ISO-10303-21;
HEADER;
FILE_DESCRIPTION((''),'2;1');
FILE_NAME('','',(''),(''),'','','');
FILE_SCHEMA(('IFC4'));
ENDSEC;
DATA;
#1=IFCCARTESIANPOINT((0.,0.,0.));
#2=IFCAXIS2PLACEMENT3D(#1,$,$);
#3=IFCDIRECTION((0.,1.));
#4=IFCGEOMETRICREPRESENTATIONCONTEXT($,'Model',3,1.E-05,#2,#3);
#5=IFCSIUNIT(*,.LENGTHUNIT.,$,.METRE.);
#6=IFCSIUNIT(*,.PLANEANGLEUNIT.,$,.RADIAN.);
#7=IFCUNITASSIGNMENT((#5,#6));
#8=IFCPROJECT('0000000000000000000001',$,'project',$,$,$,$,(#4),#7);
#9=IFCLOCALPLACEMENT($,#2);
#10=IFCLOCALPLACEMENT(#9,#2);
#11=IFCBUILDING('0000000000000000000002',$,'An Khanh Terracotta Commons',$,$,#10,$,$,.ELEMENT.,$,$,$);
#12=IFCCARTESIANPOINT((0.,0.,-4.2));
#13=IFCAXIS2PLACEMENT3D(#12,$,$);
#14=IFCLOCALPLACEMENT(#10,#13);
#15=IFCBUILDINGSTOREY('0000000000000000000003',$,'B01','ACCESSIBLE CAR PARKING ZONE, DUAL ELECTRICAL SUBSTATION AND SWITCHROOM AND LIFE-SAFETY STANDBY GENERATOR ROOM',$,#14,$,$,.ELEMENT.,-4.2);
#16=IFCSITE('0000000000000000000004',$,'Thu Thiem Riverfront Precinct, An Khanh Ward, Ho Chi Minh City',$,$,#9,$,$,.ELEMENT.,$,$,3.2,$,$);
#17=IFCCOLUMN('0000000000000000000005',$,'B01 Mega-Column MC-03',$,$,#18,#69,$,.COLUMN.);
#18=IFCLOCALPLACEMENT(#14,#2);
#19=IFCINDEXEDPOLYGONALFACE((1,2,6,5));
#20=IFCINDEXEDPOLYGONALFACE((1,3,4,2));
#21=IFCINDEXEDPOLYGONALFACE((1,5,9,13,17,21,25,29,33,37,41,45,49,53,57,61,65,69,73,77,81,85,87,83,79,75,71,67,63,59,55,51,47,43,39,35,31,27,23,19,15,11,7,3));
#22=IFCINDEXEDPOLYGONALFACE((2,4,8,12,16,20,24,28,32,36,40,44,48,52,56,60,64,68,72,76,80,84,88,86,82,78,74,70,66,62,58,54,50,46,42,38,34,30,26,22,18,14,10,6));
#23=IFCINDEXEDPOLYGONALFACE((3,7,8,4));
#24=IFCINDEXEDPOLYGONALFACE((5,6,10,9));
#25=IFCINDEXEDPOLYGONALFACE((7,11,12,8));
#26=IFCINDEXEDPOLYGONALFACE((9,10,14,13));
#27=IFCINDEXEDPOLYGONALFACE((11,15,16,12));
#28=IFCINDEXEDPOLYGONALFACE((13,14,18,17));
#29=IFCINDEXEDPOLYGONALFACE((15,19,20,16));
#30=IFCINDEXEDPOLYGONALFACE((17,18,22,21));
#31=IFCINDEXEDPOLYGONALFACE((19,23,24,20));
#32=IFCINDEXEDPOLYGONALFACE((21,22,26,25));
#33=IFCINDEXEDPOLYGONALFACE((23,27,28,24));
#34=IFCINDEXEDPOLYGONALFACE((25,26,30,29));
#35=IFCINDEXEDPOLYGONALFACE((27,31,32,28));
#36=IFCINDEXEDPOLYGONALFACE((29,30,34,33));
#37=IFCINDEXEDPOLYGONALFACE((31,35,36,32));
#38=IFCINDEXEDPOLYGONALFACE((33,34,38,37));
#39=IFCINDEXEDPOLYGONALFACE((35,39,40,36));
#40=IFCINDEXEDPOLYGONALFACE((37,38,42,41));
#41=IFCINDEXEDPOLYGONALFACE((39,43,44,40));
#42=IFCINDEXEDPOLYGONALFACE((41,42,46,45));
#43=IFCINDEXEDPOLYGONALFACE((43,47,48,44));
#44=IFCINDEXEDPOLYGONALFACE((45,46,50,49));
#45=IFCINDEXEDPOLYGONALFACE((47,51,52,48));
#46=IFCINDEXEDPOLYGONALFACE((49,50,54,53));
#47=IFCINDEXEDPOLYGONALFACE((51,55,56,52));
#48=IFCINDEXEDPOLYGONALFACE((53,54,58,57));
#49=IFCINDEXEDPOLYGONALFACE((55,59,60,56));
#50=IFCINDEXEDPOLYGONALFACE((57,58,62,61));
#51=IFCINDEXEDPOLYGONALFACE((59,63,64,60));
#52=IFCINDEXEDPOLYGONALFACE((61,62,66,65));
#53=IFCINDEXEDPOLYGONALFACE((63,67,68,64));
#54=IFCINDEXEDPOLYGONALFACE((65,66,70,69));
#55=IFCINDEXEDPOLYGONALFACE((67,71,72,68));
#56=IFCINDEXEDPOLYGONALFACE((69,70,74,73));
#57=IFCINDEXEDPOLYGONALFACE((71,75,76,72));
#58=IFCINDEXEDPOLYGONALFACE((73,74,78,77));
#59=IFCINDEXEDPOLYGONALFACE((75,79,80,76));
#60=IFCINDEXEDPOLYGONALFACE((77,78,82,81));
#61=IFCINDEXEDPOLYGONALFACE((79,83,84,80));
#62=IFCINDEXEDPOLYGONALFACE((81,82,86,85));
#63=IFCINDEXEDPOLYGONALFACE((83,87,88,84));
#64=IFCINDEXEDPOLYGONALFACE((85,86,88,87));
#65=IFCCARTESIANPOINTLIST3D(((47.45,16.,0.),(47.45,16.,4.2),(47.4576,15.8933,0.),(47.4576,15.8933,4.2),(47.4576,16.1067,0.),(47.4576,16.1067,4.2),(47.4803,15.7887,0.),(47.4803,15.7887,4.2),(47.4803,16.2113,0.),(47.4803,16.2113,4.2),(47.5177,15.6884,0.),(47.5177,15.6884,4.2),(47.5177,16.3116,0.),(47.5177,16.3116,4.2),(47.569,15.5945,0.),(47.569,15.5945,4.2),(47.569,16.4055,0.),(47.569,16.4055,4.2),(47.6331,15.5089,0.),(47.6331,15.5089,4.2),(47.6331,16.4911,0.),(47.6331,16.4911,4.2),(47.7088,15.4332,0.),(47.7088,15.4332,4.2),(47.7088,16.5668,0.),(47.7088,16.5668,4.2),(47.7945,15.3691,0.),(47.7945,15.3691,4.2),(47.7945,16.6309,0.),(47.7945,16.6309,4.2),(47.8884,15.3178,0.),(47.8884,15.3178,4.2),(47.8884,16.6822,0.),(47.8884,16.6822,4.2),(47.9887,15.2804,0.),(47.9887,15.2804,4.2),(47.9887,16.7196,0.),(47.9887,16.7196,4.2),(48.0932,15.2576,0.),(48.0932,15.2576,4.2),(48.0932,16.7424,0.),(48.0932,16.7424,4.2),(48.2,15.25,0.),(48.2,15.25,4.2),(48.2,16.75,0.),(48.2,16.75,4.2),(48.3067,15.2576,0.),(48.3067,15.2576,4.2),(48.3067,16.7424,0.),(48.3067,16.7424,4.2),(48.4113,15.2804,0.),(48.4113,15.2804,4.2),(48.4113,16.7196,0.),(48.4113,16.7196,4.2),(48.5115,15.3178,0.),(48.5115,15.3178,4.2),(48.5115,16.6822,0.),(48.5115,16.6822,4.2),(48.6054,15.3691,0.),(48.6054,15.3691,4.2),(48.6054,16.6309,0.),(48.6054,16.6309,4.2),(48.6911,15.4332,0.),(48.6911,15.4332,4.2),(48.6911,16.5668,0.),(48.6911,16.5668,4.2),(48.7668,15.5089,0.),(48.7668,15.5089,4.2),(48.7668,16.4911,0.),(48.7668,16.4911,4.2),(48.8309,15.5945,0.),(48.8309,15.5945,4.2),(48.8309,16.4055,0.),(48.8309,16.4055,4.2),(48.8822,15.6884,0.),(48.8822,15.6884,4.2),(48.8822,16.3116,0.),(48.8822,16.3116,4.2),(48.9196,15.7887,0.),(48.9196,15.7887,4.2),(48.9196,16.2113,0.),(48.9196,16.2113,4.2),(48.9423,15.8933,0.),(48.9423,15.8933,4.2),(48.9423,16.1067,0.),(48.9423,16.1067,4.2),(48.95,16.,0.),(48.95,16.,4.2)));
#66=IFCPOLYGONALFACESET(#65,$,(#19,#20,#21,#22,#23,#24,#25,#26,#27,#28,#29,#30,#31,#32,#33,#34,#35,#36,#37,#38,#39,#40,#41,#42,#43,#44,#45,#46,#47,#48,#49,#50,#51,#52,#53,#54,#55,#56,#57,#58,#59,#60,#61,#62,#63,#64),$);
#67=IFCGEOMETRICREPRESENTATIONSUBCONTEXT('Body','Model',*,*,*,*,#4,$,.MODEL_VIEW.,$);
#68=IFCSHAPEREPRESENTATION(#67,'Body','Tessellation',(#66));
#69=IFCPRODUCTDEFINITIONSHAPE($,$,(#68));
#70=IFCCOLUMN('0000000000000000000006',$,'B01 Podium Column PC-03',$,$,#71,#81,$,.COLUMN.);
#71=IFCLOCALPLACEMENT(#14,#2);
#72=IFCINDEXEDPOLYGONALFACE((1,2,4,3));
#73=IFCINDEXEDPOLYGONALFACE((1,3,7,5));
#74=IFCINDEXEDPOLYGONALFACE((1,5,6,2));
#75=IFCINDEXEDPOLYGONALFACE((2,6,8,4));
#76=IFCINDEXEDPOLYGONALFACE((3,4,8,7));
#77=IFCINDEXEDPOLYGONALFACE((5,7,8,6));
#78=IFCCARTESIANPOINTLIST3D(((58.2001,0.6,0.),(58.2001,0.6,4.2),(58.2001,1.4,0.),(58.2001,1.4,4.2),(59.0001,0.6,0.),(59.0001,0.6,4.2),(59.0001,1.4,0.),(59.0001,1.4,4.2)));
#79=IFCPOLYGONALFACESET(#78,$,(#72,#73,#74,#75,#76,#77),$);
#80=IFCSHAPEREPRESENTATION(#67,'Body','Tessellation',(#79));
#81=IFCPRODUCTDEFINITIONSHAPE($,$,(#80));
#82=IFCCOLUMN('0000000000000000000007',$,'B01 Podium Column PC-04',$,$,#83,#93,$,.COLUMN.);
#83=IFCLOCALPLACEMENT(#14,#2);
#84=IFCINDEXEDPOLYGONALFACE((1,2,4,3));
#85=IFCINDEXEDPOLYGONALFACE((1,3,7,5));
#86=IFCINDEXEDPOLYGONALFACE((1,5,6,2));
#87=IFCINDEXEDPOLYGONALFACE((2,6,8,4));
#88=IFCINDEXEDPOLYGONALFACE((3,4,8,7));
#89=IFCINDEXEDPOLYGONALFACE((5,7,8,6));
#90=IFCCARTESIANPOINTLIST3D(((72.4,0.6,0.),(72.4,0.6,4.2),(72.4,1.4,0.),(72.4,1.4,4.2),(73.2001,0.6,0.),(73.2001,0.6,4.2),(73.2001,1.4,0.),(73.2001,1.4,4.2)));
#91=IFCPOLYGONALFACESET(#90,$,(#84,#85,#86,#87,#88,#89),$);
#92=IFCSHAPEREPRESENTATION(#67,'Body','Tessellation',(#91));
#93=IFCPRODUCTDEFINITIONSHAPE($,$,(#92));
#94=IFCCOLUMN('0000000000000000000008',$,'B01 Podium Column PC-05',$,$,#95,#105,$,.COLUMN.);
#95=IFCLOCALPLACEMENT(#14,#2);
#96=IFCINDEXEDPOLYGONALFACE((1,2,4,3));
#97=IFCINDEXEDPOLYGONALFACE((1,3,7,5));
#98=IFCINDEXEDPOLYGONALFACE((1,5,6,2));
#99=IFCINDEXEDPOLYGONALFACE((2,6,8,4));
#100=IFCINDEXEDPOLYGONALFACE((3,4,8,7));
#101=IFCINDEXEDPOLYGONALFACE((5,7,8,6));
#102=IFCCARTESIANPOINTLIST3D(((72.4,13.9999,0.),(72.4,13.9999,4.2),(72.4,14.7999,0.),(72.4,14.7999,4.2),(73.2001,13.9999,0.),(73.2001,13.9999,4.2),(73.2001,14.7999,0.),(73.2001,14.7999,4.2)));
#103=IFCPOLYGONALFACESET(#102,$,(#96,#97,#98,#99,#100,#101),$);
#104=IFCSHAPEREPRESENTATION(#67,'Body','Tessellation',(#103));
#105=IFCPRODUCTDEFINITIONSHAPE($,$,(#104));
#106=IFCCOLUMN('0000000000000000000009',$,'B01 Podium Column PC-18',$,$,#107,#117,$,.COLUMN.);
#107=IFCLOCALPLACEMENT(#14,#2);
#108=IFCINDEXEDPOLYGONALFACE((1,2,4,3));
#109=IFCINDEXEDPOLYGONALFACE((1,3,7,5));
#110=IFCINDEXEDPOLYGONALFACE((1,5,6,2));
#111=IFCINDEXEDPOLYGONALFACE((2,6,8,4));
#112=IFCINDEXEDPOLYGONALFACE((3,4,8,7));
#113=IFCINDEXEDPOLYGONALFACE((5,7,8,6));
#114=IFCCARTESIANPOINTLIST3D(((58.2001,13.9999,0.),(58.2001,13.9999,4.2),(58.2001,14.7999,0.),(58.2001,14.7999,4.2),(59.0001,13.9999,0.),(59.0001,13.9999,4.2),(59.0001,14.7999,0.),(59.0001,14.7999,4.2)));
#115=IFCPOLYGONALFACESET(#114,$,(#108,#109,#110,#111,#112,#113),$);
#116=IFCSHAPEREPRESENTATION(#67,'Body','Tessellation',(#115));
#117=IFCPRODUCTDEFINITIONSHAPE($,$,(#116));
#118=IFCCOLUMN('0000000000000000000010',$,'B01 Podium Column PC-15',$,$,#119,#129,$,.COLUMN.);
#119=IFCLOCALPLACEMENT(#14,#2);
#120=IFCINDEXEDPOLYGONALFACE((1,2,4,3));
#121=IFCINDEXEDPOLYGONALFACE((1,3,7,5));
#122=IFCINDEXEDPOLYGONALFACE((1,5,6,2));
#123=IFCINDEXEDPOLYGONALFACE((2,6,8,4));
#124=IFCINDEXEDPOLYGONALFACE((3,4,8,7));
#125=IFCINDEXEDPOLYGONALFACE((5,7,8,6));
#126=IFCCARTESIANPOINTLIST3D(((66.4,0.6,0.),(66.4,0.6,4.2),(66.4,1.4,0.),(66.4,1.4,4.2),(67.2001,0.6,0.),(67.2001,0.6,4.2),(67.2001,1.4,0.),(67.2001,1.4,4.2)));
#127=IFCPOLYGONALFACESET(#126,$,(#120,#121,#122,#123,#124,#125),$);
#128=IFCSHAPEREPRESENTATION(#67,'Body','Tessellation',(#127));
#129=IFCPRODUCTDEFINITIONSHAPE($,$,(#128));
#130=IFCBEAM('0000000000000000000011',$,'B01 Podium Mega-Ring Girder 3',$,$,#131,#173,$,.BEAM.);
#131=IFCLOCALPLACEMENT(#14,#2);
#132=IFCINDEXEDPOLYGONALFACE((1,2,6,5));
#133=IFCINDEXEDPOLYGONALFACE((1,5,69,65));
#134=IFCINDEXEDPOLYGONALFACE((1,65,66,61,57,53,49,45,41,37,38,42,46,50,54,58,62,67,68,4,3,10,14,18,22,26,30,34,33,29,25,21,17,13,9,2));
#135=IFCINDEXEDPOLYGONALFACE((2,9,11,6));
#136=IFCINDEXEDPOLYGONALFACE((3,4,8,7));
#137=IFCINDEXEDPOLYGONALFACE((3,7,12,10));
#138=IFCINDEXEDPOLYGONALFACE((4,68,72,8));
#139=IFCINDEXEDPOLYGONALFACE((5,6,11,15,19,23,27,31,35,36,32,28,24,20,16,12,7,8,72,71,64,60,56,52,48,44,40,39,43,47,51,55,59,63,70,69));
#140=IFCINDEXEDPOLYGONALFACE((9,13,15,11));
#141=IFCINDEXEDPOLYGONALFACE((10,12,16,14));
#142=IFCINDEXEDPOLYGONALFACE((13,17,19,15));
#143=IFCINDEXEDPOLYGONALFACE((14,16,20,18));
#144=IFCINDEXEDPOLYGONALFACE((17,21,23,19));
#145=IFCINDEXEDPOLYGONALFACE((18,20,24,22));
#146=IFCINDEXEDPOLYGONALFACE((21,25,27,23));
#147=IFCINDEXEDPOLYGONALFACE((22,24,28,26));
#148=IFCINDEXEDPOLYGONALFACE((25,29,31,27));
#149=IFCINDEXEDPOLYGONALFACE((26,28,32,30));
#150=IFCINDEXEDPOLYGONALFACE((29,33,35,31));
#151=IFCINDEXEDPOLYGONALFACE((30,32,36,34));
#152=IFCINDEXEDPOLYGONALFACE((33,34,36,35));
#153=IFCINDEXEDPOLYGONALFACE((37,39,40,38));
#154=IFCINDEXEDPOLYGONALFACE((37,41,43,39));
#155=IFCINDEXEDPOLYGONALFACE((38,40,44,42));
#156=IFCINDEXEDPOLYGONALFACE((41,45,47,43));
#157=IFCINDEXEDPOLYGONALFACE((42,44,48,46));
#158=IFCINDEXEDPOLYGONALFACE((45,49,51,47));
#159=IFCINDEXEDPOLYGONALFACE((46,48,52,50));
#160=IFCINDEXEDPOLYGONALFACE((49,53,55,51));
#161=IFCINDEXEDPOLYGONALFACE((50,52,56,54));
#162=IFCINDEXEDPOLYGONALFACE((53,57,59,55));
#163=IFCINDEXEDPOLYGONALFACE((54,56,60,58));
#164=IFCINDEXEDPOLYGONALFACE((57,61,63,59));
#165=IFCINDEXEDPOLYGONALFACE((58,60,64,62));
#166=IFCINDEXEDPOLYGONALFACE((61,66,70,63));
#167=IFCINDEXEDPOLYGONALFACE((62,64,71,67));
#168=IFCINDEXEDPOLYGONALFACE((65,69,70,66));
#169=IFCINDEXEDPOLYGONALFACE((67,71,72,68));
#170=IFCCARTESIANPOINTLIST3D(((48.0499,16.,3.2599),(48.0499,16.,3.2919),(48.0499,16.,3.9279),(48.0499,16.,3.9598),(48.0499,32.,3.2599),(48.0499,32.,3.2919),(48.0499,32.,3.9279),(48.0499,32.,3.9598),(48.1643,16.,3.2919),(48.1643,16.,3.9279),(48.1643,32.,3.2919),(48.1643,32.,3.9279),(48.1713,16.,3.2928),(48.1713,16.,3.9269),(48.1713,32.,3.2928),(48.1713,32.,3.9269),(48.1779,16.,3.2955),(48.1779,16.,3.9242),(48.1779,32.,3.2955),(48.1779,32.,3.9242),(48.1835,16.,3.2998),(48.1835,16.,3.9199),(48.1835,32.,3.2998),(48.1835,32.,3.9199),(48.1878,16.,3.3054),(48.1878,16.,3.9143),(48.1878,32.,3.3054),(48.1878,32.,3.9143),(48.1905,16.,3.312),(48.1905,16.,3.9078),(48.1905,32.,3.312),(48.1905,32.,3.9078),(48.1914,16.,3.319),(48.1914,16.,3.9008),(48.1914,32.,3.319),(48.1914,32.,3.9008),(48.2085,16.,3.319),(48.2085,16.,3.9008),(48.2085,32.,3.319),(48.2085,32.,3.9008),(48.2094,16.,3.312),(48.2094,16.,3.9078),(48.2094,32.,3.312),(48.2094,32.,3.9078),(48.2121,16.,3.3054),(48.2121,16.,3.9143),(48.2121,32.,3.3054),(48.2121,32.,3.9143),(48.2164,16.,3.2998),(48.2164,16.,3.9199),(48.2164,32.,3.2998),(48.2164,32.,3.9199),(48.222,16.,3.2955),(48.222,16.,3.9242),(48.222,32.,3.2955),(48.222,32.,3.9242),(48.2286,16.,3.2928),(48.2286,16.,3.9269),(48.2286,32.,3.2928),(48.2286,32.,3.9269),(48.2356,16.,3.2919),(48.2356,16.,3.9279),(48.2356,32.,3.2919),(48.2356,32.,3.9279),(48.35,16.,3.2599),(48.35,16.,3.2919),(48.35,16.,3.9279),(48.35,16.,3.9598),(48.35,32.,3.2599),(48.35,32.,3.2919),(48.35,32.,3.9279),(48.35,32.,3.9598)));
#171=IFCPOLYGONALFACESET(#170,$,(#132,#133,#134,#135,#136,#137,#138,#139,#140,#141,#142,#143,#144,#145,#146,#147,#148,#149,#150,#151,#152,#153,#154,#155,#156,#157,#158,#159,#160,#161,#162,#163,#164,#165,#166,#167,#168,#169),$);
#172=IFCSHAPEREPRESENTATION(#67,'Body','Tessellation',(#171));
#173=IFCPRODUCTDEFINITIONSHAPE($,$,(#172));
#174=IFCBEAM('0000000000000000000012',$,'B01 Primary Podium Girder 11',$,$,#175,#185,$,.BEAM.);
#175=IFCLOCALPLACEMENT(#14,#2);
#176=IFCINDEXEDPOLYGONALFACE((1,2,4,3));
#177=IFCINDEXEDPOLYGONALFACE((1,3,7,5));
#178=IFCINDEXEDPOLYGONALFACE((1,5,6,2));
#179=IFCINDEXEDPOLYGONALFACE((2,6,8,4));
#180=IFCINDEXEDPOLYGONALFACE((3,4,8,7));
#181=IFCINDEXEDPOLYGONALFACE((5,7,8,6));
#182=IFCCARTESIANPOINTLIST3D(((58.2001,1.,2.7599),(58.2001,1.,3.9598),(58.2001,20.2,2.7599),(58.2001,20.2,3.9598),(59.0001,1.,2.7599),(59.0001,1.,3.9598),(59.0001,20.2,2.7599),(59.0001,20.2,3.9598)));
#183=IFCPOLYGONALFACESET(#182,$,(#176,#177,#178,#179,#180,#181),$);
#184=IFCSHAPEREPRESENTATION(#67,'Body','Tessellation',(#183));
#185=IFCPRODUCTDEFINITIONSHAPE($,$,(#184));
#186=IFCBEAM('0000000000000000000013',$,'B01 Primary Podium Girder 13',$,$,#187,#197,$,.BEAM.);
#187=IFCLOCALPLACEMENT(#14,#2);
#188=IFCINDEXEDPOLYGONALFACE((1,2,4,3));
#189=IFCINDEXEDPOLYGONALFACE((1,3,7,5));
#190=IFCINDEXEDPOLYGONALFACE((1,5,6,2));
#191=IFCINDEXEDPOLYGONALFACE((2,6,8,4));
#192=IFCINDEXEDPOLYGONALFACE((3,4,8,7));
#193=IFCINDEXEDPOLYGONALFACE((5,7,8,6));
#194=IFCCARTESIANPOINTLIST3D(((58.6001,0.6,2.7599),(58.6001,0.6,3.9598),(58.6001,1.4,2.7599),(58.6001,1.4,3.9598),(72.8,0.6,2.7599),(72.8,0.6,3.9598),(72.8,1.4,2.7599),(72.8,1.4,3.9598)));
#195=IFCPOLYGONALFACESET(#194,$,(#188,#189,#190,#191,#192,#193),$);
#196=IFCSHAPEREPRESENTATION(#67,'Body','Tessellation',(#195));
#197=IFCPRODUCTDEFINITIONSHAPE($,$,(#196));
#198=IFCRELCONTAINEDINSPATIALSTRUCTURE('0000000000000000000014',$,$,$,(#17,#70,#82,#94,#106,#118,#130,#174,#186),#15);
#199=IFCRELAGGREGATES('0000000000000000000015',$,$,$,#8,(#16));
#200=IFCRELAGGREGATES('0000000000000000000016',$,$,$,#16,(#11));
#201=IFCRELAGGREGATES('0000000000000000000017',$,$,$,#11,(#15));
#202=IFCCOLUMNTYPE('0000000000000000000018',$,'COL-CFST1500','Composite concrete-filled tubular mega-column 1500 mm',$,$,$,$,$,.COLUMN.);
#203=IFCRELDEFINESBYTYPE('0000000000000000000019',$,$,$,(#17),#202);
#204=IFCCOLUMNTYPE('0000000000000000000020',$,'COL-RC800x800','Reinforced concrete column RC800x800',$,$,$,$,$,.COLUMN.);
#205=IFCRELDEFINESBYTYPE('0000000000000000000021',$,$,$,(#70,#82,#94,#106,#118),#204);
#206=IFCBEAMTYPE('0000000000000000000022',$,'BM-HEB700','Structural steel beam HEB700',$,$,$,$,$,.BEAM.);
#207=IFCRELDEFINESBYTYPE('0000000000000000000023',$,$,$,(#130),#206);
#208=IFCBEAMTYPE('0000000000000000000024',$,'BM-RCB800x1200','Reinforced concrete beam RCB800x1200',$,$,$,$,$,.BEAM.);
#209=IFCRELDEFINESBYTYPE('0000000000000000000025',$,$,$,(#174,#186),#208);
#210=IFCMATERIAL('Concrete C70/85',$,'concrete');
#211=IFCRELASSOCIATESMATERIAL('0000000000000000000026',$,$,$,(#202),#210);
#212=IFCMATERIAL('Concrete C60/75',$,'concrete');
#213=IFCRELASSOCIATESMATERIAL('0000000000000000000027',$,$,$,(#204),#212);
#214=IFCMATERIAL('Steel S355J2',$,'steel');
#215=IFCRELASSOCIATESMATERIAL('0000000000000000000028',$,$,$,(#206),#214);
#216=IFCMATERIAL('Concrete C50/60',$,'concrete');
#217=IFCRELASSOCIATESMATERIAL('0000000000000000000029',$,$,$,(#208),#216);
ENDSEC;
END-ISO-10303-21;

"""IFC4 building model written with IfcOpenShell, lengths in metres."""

from ifc_helpers import new_model, si_unit, direction, frame, origin, origin_2d, place, context, subcontext, project, spatial, rectangle, circle, i_section, extrude, material, material_profile, profile_set, type_object, element, save


model = new_model("IFC4")

# Units and contexts
model_context = context("Model", 3, precision=1e-05, world=origin(), true_north=direction((0.0, 1.0)))
body_context = subcontext(model_context, "Body", "Model", "MODEL_VIEW")
ifc_project = project(units=[si_unit("LENGTHUNIT", "METRE"), si_unit("PLANEANGLEUNIT", "RADIAN")], contexts=[model_context])

# Site, building, storey
site_placement = place(None, origin())
site = spatial("IfcSite", under=ifc_project, at=site_placement, Name="Thu Thiem Riverfront Precinct, An Khanh Ward, Ho Chi Minh City", CompositionType="ELEMENT", RefElevation=3.2)
building_placement = place(site_placement, origin())
building = spatial("IfcBuilding", under=site, at=building_placement, Name="An Khanh Terracotta Commons", CompositionType="ELEMENT")
storey_placement = place(building_placement, frame((0.0, 0.0, -4.2)))
storey = spatial("IfcBuildingStorey", under=building, at=storey_placement, Name="B01", Description="ACCESSIBLE CAR PARKING ZONE, DUAL ELECTRICAL SUBSTATION AND SWITCHROOM AND LIFE-SAFETY STANDBY GENERATOR ROOM", CompositionType="ELEMENT", Elevation=-4.2)

# Columns
ifc_material_1 = material(Name="Concrete C70/85", Category="concrete")
ifc_material_profile_1 = material_profile(ifc_material_1, circle(Radius=0.75, at=origin_2d()), Name="CFST1500")
ifc_profile_set_1 = profile_set([ifc_material_profile_1], Name="Concrete C70/85")
column_type_1 = type_object("IfcColumnType", Name="COL-CFST1500", Description="Composite concrete-filled tubular mega-column 1500 mm", PredefinedType="COLUMN", material=ifc_profile_set_1)
column_placement = place(storey_placement, frame((48.2, 16.0, 0.0), z_axis=(0.0, 0.0, 1.0), x_axis=(1.0, 0.0, 0.0)))
element("IfcColumn", 1, at=column_placement, inside=storey, type_object=column_type_1, Name="B01 Mega-Column MC-03", PredefinedType="COLUMN", context=body_context, shape_type="SweptSolid", body=[
    extrude(circle(Radius=0.75, at=origin_2d()), origin(), (0.0, 0.0, 1.0), 4.2),
])
ifc_material_2 = material(Name="Concrete C60/75", Category="concrete")
ifc_material_profile_2 = material_profile(ifc_material_2, rectangle(XDim=0.8, YDim=0.8, at=origin_2d()), Name="RC800x800")
ifc_profile_set_2 = profile_set([ifc_material_profile_2], Name="Concrete C60/75")
column_type_2 = type_object("IfcColumnType", Name="COL-RC800x800", Description="Reinforced concrete column RC800x800", PredefinedType="COLUMN", material=ifc_profile_set_2)
for number, where, z_axis, x_axis, name in (
    (2, (58.6001, 1.0, 0.0), (0.0, 0.0, 1.0), (1.0, 0.0, 0.0), "B01 Podium Column PC-03"),
    (3, (72.8, 1.0, 0.0), (0.0, 0.0, 1.0), (1.0, 0.0, 0.0), "B01 Podium Column PC-04"),
    (4, (72.8, 14.3999, 0.0), (0.0, 0.0, 1.0), (1.0, 0.0, 0.0), "B01 Podium Column PC-05"),
    (5, (58.6001, 14.3999, 0.0), (0.0, 0.0, 1.0), (1.0, 0.0, 0.0), "B01 Podium Column PC-18"),
    (6, (66.8, 1.0, 0.0), (0.0, 0.0, 1.0), (1.0, 0.0, 0.0), "B01 Podium Column PC-15"),
):
    element("IfcColumn", number, at=place(storey_placement, frame(where, z_axis=z_axis, x_axis=x_axis)), inside=storey, type_object=column_type_2, Name=name, PredefinedType="COLUMN", context=body_context, shape_type="SweptSolid", body=[
        extrude(rectangle(XDim=0.8, YDim=0.8, at=origin_2d()), origin(), (0.0, 0.0, 1.0), 4.2),
    ])

# Beams
ifc_material_3 = material(Name="Steel S355J2", Category="steel")
ifc_material_profile_3 = material_profile(ifc_material_3, i_section(OverallWidth=0.3, OverallDepth=0.7, WebThickness=0.0171, FlangeThickness=0.032, FilletRadius=0.0271, at=origin_2d()), Name="HEB700")
ifc_profile_set_3 = profile_set([ifc_material_profile_3], Name="Steel S355J2")
beam_type_1 = type_object("IfcBeamType", Name="BM-HEB700", Description="Structural steel beam HEB700", PredefinedType="BEAM", material=ifc_profile_set_3)
beam_1_placement = place(storey_placement, frame((48.2, 16.0, 3.6099), z_axis=(0.0, 1.0, 0.0), x_axis=(-1.0, 0.0, 0.0)))
element("IfcBeam", 7, at=beam_1_placement, inside=storey, type_object=beam_type_1, Name="B01 Podium Mega-Ring Girder 3", PredefinedType="BEAM", context=body_context, shape_type="SweptSolid", body=[
    extrude(i_section(OverallWidth=0.3, OverallDepth=0.7, WebThickness=0.0171, FlangeThickness=0.032, FilletRadius=0.0271, at=origin_2d()), origin(), (0.0, 0.0, 1.0), 16.0),
])
ifc_material_4 = material(Name="Concrete C50/60", Category="concrete")
ifc_material_profile_4 = material_profile(ifc_material_4, rectangle(XDim=0.8, YDim=1.2, at=origin_2d()), Name="RCB800x1200")
ifc_profile_set_4 = profile_set([ifc_material_profile_4], Name="Concrete C50/60")
beam_type_2 = type_object("IfcBeamType", Name="BM-RCB800x1200", Description="Reinforced concrete beam RCB800x1200", PredefinedType="BEAM", material=ifc_profile_set_4)
beam_2_placement = place(storey_placement, frame((58.6001, 1.0, 3.3599), z_axis=(0.0, 1.0, 0.0), x_axis=(-1.0, 0.0, 0.0)))
element("IfcBeam", 8, at=beam_2_placement, inside=storey, type_object=beam_type_2, Name="B01 Primary Podium Girder 11", PredefinedType="BEAM", context=body_context, shape_type="SweptSolid", body=[
    extrude(rectangle(XDim=0.8, YDim=1.2, at=origin_2d()), origin(), (0.0, 0.0, 1.0), 19.2),
])
beam_3_placement = place(storey_placement, frame((58.6001, 1.0, 3.3599), z_axis=(1.0, 0.0, 0.0), x_axis=(0.0, 1.0, 0.0)))
element("IfcBeam", 9, at=beam_3_placement, inside=storey, type_object=beam_type_2, Name="B01 Primary Podium Girder 13", PredefinedType="BEAM", context=body_context, shape_type="SweptSolid", body=[
    extrude(rectangle(XDim=0.8, YDim=1.2, at=origin_2d()), origin(), (0.0, 0.0, 1.0), 14.2),
])

save(model, "model.ifc")
